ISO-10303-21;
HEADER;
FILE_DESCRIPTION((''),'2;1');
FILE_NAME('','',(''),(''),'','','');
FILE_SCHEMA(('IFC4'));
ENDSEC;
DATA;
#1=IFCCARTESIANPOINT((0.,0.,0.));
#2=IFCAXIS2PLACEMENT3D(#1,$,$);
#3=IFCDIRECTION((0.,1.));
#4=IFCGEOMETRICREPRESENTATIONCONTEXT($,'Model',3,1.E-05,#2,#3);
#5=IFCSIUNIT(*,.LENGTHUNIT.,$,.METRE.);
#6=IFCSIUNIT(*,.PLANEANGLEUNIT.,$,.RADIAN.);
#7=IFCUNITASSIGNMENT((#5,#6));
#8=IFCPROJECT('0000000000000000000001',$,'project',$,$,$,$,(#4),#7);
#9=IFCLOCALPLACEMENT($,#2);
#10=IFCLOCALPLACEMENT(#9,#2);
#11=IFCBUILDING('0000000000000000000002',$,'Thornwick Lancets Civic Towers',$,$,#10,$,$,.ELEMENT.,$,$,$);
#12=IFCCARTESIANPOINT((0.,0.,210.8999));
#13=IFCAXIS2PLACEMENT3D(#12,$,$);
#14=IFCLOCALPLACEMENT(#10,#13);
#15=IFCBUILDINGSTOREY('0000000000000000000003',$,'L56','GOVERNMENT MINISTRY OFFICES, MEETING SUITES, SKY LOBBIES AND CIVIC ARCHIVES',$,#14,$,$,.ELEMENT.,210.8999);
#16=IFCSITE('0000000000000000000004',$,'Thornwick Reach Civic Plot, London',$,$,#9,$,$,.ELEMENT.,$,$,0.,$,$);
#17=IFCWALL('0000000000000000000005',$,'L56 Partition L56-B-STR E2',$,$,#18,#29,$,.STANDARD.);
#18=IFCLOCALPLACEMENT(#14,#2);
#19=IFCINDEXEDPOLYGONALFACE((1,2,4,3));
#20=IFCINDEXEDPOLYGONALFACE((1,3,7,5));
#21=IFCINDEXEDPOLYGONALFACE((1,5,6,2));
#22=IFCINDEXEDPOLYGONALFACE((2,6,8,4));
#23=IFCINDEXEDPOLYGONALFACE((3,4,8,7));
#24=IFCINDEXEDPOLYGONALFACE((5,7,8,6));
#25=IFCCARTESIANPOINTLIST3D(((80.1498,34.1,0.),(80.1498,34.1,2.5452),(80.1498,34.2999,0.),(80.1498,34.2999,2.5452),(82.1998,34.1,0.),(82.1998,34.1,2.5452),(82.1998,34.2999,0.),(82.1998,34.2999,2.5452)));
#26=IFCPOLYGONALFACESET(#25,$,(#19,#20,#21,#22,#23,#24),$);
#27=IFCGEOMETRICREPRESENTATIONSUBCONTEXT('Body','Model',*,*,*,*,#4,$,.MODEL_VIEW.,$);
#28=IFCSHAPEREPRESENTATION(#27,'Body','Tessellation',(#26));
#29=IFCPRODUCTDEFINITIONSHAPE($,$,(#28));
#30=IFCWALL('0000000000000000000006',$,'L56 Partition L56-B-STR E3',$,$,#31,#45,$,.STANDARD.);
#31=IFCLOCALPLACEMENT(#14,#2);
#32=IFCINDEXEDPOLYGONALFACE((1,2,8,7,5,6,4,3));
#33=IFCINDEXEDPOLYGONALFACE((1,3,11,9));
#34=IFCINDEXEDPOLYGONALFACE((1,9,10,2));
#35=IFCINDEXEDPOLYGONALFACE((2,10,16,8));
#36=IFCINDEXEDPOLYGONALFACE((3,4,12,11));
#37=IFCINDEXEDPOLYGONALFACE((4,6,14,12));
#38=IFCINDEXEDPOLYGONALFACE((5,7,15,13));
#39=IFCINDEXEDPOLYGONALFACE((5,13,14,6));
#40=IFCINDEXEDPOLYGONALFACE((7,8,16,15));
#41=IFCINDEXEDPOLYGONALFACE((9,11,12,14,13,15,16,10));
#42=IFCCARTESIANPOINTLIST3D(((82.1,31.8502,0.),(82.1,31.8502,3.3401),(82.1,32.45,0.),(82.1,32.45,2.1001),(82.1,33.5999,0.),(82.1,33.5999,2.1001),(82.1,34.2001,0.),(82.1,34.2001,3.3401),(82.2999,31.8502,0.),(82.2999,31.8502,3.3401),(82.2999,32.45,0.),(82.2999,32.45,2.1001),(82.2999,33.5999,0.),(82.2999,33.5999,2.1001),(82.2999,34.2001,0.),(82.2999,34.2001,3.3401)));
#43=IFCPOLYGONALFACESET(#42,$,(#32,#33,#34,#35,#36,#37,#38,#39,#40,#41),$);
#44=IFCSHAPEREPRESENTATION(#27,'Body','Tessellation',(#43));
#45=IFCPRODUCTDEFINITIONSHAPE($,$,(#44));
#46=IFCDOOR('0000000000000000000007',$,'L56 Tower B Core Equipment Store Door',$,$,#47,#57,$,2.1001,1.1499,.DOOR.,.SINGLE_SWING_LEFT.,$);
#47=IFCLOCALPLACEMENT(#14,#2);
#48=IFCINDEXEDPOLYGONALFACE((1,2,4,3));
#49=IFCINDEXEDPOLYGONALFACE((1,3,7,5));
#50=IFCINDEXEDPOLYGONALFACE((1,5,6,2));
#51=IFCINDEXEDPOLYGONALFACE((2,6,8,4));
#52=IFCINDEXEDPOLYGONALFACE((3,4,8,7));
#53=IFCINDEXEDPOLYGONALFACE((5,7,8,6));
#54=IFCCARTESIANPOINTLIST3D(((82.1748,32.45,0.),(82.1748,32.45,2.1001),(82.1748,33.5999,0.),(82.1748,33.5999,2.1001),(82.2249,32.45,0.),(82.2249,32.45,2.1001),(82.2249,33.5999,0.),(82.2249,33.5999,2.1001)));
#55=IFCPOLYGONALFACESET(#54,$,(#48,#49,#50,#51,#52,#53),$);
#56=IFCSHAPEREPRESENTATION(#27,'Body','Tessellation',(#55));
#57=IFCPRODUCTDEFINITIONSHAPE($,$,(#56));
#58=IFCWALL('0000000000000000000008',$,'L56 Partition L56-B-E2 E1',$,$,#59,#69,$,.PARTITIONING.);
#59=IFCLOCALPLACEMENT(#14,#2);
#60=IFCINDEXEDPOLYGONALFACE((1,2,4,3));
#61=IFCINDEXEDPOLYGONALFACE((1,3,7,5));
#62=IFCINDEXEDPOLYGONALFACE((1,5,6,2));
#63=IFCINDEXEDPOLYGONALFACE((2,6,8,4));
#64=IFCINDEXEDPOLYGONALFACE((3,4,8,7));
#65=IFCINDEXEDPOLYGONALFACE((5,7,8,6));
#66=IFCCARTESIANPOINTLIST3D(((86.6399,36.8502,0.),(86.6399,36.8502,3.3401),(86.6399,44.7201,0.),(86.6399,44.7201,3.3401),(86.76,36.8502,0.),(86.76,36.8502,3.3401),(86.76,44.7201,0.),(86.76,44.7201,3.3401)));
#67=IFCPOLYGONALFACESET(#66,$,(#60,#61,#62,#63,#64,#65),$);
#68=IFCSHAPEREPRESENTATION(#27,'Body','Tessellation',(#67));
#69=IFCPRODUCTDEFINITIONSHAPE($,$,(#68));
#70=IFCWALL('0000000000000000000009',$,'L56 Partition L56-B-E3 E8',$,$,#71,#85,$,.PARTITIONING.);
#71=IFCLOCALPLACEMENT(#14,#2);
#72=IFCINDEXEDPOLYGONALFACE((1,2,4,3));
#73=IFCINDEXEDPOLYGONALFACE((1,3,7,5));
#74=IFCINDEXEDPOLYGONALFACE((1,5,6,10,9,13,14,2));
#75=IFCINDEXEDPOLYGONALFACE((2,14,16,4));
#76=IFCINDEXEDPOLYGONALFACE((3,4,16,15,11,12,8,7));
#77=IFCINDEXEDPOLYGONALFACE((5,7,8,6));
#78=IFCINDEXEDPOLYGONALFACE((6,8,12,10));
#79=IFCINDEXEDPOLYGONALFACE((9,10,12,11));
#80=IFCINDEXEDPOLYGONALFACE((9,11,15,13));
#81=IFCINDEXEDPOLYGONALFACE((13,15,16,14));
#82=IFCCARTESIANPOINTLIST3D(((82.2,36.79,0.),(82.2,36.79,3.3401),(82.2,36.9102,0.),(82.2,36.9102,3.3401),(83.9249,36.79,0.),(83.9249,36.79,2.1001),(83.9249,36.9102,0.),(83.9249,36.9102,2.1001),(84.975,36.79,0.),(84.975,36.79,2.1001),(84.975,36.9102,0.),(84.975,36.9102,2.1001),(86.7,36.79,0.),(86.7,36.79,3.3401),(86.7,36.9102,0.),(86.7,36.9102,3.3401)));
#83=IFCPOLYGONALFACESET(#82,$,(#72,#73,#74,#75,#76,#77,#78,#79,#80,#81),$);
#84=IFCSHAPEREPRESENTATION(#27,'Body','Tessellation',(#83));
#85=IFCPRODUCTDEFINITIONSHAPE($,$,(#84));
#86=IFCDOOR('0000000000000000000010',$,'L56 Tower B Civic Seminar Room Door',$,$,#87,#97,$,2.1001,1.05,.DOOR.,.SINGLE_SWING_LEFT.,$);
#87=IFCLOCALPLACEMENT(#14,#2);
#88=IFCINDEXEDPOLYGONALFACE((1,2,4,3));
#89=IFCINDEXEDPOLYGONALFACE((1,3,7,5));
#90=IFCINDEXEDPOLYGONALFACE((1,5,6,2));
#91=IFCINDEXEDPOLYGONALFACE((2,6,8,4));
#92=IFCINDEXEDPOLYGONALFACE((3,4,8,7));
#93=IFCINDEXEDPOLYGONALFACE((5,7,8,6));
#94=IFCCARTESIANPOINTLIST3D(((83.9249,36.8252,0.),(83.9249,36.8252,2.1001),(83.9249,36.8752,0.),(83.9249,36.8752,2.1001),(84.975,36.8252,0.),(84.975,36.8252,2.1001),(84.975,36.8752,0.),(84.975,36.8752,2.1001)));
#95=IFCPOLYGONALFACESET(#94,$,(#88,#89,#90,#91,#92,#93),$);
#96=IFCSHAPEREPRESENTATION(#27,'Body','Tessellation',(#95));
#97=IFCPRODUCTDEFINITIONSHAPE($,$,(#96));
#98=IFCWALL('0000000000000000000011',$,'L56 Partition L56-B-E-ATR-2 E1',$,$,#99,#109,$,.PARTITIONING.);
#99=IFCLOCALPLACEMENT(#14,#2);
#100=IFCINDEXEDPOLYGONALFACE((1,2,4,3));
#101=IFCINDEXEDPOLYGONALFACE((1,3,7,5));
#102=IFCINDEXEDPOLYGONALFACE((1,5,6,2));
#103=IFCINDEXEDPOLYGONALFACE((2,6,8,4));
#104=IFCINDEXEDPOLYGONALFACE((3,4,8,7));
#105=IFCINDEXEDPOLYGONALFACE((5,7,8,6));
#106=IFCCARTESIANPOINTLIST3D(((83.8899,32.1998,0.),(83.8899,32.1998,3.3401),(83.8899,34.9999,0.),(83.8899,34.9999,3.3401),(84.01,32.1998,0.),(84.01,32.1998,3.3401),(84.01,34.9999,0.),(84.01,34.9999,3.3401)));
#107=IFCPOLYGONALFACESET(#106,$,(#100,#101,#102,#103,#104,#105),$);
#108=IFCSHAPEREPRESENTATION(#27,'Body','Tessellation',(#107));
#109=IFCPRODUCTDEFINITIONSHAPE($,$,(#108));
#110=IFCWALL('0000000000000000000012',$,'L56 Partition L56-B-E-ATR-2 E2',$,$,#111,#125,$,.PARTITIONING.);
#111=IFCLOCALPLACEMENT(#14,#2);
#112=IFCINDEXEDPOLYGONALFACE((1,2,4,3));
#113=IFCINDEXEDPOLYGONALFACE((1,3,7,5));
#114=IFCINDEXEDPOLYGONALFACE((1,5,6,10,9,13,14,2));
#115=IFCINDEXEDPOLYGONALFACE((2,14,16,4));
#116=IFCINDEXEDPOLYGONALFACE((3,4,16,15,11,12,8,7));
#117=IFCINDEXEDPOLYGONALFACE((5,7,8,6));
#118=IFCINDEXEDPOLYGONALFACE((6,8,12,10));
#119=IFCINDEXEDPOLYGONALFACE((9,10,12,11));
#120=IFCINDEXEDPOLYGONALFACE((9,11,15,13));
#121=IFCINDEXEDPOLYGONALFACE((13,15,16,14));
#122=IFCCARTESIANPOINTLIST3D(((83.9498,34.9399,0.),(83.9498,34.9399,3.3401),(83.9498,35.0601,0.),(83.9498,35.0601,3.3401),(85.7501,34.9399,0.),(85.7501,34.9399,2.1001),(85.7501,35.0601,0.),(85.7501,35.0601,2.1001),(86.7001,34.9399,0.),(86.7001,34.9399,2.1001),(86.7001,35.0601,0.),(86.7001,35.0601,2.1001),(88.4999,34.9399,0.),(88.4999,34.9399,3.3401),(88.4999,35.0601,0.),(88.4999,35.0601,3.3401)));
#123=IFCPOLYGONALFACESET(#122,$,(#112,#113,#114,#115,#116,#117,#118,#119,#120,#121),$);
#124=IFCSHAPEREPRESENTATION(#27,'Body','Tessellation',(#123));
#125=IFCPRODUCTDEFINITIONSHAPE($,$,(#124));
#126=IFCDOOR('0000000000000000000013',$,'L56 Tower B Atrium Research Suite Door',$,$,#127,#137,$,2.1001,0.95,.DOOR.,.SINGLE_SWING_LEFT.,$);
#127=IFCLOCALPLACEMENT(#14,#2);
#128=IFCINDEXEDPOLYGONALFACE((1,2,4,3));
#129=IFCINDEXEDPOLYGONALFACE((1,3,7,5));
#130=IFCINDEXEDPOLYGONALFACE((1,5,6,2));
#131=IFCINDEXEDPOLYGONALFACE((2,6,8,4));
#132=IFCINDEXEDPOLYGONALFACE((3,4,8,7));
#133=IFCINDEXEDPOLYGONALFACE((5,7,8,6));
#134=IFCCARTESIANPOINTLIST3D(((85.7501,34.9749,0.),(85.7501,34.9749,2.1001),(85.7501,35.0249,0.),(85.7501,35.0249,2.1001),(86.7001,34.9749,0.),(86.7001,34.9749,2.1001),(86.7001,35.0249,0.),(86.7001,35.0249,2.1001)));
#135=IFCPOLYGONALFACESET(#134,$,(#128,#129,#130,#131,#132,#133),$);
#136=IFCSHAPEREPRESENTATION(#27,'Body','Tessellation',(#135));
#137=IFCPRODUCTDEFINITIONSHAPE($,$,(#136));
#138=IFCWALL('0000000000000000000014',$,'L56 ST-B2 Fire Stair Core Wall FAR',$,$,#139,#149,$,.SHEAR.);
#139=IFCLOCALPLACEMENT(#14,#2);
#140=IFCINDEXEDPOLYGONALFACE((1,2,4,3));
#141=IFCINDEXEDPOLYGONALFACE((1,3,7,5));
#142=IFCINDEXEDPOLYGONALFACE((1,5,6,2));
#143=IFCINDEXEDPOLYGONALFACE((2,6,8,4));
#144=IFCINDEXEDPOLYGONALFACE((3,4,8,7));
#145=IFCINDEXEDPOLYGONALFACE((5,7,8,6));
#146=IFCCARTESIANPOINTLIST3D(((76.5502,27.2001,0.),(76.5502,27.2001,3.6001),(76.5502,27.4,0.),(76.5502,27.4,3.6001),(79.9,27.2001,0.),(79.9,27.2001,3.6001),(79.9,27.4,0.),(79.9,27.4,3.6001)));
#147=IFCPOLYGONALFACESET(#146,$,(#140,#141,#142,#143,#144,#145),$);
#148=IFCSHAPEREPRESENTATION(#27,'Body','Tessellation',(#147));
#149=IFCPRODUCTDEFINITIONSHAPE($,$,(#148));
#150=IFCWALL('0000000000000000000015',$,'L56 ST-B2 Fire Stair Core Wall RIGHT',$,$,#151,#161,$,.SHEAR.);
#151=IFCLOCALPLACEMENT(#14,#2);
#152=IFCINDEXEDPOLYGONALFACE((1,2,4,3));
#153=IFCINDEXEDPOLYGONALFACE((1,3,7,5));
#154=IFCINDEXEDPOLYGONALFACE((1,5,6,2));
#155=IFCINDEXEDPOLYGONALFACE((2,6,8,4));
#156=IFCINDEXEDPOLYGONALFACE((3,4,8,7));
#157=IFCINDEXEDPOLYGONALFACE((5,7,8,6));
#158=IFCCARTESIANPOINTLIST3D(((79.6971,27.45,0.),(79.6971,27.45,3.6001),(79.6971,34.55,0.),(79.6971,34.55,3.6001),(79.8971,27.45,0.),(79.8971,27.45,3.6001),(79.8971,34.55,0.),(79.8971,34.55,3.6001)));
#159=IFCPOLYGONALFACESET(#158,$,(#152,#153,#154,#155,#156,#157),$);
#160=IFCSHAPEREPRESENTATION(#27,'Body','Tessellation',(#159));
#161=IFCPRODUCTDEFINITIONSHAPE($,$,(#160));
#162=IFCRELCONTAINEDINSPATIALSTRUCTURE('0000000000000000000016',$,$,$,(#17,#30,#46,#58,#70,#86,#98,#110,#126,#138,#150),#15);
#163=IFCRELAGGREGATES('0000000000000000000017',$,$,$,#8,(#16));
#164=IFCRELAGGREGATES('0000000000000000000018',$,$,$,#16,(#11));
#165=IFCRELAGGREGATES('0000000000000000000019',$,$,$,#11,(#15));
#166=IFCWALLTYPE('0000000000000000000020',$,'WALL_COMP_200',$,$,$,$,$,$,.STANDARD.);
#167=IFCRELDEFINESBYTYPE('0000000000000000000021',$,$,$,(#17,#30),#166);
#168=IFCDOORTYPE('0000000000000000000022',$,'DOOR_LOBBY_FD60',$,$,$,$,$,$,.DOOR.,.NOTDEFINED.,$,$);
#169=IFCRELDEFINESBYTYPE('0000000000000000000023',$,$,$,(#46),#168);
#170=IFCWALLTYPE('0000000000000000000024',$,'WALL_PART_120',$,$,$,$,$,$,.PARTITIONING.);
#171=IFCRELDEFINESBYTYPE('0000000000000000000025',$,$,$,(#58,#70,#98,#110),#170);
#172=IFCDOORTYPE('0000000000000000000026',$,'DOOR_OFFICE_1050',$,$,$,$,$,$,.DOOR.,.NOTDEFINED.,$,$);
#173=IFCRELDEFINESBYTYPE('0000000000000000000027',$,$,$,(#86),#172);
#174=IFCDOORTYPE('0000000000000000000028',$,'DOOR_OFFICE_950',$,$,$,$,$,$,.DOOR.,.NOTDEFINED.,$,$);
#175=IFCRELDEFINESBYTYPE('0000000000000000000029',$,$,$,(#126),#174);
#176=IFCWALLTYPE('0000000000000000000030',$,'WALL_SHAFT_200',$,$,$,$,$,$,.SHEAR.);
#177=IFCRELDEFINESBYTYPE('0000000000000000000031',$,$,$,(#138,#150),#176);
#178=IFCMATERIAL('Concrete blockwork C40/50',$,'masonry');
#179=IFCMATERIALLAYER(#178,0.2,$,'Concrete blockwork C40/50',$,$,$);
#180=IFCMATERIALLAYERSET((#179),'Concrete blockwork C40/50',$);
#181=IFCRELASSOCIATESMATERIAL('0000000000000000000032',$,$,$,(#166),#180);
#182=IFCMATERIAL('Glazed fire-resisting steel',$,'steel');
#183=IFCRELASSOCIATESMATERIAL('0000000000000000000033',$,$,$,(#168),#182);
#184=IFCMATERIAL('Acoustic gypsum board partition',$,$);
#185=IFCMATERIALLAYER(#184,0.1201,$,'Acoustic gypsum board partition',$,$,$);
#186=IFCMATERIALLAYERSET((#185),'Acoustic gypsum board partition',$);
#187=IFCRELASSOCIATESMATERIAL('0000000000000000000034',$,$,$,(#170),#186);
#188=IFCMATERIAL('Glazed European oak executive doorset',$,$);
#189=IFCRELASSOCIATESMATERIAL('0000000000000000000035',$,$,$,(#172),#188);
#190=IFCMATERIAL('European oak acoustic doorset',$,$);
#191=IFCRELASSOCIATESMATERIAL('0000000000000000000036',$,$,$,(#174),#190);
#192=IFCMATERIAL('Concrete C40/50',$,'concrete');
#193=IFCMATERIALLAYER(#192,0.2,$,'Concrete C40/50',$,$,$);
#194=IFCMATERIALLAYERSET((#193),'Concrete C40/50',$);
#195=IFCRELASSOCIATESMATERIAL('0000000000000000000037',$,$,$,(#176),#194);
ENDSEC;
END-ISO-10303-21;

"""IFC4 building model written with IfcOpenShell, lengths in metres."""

from ifc_helpers import new_model, si_unit, direction, frame, frame_2d, origin, place, context, subcontext, project, spatial, rectangle, extrude, material, layer, layer_set, type_object, element, fill, save


model = new_model("IFC4")

# Units and contexts
model_context = context("Model", 3, precision=1e-05, world=origin(), true_north=direction((0.0, 1.0)))
body_context = subcontext(model_context, "Body", "Model", "MODEL_VIEW")
ifc_project = project(units=[si_unit("LENGTHUNIT", "METRE"), si_unit("PLANEANGLEUNIT", "RADIAN")], contexts=[model_context])

# Site, building, storey
site_placement = place(None, origin())
site = spatial("IfcSite", under=ifc_project, at=site_placement, Name="Thornwick Reach Civic Plot, London", CompositionType="ELEMENT", RefElevation=0.0)
building_placement = place(site_placement, origin())
building = spatial("IfcBuilding", under=site, at=building_placement, Name="Thornwick Lancets Civic Towers", CompositionType="ELEMENT")
storey_placement = place(building_placement, frame((0.0, 0.0, 210.8999)))
storey = spatial("IfcBuildingStorey", under=building, at=storey_placement, Name="L56", Description="GOVERNMENT MINISTRY OFFICES, MEETING SUITES, SKY LOBBIES AND CIVIC ARCHIVES", CompositionType="ELEMENT", Elevation=210.8999)

# Shared definitions
ifc_material_1 = material(Name="Concrete blockwork C40/50", Category="masonry")
ifc_layer_1 = layer(ifc_material_1, 0.2, Name="Concrete blockwork C40/50")
ifc_layer_set_1 = layer_set([ifc_layer_1], Name="Concrete blockwork C40/50")
wall_type_1 = type_object("IfcWallType", Name="WALL_COMP_200", PredefinedType="STANDARD", material=ifc_layer_set_1)

# Shared definitions
ifc_material_2 = material(Name="Glazed fire-resisting steel", Category="steel")
door_type_1 = type_object("IfcDoorType", Name="DOOR_LOBBY_FD60", OperationType="NOTDEFINED", PredefinedType="DOOR", material=ifc_material_2)

# Wall
wall_1_placement = place(storey_placement, frame((80.1499, 34.2, 0.0), z_axis=(0.0, 0.0, 1.0), x_axis=(1.0, 0.0, 0.0)))
element("IfcWall", 1, at=wall_1_placement, inside=storey, type_object=wall_type_1, Name="L56 Partition L56-B-STR E2", PredefinedType="STANDARD", context=body_context, shape_type="SweptSolid", body=[
    extrude(rectangle(XDim=2.05, YDim=0.2, at=frame_2d((1.0249, 0.0))), origin(), (0.0, 0.0, 1.0), 2.5452),
])

# Wall, opening, door
wall_2_placement = place(storey_placement, frame((82.2, 34.2, 0.0), z_axis=(0.0, 0.0, 1.0), x_axis=(0.0, -1.0, 0.0)))
wall_2 = element("IfcWall", 2, at=wall_2_placement, inside=storey, type_object=wall_type_1, Name="L56 Partition L56-B-STR E3", PredefinedType="STANDARD", context=body_context, shape_type="SweptSolid", body=[
    extrude(rectangle(XDim=2.3499, YDim=0.2, at=frame_2d((1.1748, 0.0))), origin(), (0.0, 0.0, 1.0), 3.3401),
])
opening_1_placement = place(wall_2_placement, frame((0.6001, 0.0, 0.0)))
opening_1 = element("IfcOpeningElement", 3, at=opening_1_placement, cuts=wall_2, PredefinedType="OPENING", context=body_context, shape_type="SweptSolid", body=[
    extrude(rectangle(XDim=1.1499, YDim=2.1001, at=frame_2d((0.575, 1.05))), frame((0.0, 0.1099, 0.0), z_axis=(0.0, -1.0, 0.0), x_axis=(1.0, 0.0, 0.0)), (0.0, 0.0, 1.0), 0.22),
])
door_1_placement = place(opening_1_placement, origin())
door_1 = element("IfcDoor", 4, at=door_1_placement, inside=storey, type_object=door_type_1, Name="L56 Tower B Core Equipment Store Door", OperationType="SINGLE_SWING_LEFT", OverallHeight=2.1001, OverallWidth=1.1499, PredefinedType="DOOR", context=body_context, shape_type="SweptSolid", body=[
    extrude(rectangle(XDim=1.1499, YDim=2.1001, at=frame_2d((0.575, 1.05))), frame((0.0, 0.0249, 0.0), z_axis=(0.0, -1.0, 0.0), x_axis=(1.0, 0.0, 0.0)), (0.0, 0.0, 1.0), 0.05),
])
fill(opening_1, door_1)

# Wall
ifc_material_3 = material(Name="Acoustic gypsum board partition")
ifc_layer_2 = layer(ifc_material_3, 0.1201, Name="Acoustic gypsum board partition")
ifc_layer_set_2 = layer_set([ifc_layer_2], Name="Acoustic gypsum board partition")
wall_type_2 = type_object("IfcWallType", Name="WALL_PART_120", PredefinedType="PARTITIONING", material=ifc_layer_set_2)
wall_3_placement = place(storey_placement, frame((86.7, 36.8501, 0.0), z_axis=(0.0, 0.0, 1.0), x_axis=(0.0, 1.0, 0.0)))
element("IfcWall", 5, at=wall_3_placement, inside=storey, type_object=wall_type_2, Name="L56 Partition L56-B-E2 E1", PredefinedType="PARTITIONING", context=body_context, shape_type="SweptSolid", body=[
    extrude(rectangle(XDim=7.8699, YDim=0.1201, at=frame_2d((3.9351, 0.0))), origin(), (0.0, 0.0, 1.0), 3.3401),
])

# Wall, opening, door
wall_4_placement = place(storey_placement, frame((86.7, 36.8501, 0.0), z_axis=(0.0, 0.0, 1.0), x_axis=(-1.0, 0.0, 0.0)))
wall_4 = element("IfcWall", 6, at=wall_4_placement, inside=storey, type_object=wall_type_2, Name="L56 Partition L56-B-E3 E8", PredefinedType="PARTITIONING", context=body_context, shape_type="SweptSolid", body=[
    extrude(rectangle(XDim=4.5, YDim=0.1201, at=frame_2d((2.25, 0.0))), origin(), (0.0, 0.0, 1.0), 3.3401),
])
opening_2_placement = place(wall_4_placement, frame((1.7251, 0.0, 0.0)))
opening_2 = element("IfcOpeningElement", 7, at=opening_2_placement, cuts=wall_4, PredefinedType="OPENING", context=body_context, shape_type="SweptSolid", body=[
    extrude(rectangle(XDim=1.05, YDim=2.1001, at=frame_2d((0.5249, 1.05))), frame((0.0, 0.0701, 0.0), z_axis=(0.0, -1.0, 0.0), x_axis=(1.0, 0.0, 0.0)), (0.0, 0.0, 1.0), 0.1401),
])
ifc_material_4 = material(Name="Glazed European oak executive doorset")
door_type_2 = type_object("IfcDoorType", Name="DOOR_OFFICE_1050", OperationType="NOTDEFINED", PredefinedType="DOOR", material=ifc_material_4)
door_2_placement = place(opening_2_placement, origin())
door_2 = element("IfcDoor", 8, at=door_2_placement, inside=storey, type_object=door_type_2, Name="L56 Tower B Civic Seminar Room Door", OperationType="SINGLE_SWING_LEFT", OverallHeight=2.1001, OverallWidth=1.05, PredefinedType="DOOR", context=body_context, shape_type="SweptSolid", body=[
    extrude(rectangle(XDim=1.05, YDim=2.1001, at=frame_2d((0.5249, 1.05))), frame((0.0, 0.0249, 0.0), z_axis=(0.0, -1.0, 0.0), x_axis=(1.0, 0.0, 0.0)), (0.0, 0.0, 1.0), 0.05),
])
fill(opening_2, door_2)

# Wall
wall_5_placement = place(storey_placement, frame((83.95, 32.2, 0.0), z_axis=(0.0, 0.0, 1.0), x_axis=(0.0, 1.0, 0.0)))
element("IfcWall", 9, at=wall_5_placement, inside=storey, type_object=wall_type_2, Name="L56 Partition L56-B-E-ATR-2 E1", PredefinedType="PARTITIONING", context=body_context, shape_type="SweptSolid", body=[
    extrude(rectangle(XDim=2.8, YDim=0.1201, at=frame_2d((1.3999, 0.0))), origin(), (0.0, 0.0, 1.0), 3.3401),
])

# Wall, opening, door
wall_6_placement = place(storey_placement, frame((83.95, 35.0, 0.0), z_axis=(0.0, 0.0, 1.0), x_axis=(1.0, 0.0, 0.0)))
wall_6 = element("IfcWall", 10, at=wall_6_placement, inside=storey, type_object=wall_type_2, Name="L56 Partition L56-B-E-ATR-2 E2", PredefinedType="PARTITIONING", context=body_context, shape_type="SweptSolid", body=[
    extrude(rectangle(XDim=4.55, YDim=0.1201, at=frame_2d((2.2749, 0.0))), origin(), (0.0, 0.0, 1.0), 3.3401),
])
opening_3_placement = place(wall_6_placement, frame((1.8, 0.0, 0.0)))
opening_3 = element("IfcOpeningElement", 11, at=opening_3_placement, cuts=wall_6, PredefinedType="OPENING", context=body_context, shape_type="SweptSolid", body=[
    extrude(rectangle(XDim=0.95, YDim=2.1001, at=frame_2d((0.4751, 1.05))), frame((0.0, 0.0701, 0.0), z_axis=(0.0, -1.0, 0.0), x_axis=(1.0, 0.0, 0.0)), (0.0, 0.0, 1.0), 0.1401),
])
ifc_material_5 = material(Name="European oak acoustic doorset")
door_type_3 = type_object("IfcDoorType", Name="DOOR_OFFICE_950", OperationType="NOTDEFINED", PredefinedType="DOOR", material=ifc_material_5)
door_3_placement = place(opening_3_placement, origin())
door_3 = element("IfcDoor", 12, at=door_3_placement, inside=storey, type_object=door_type_3, Name="L56 Tower B Atrium Research Suite Door", OperationType="SINGLE_SWING_LEFT", OverallHeight=2.1001, OverallWidth=0.95, PredefinedType="DOOR", context=body_context, shape_type="SweptSolid", body=[
    extrude(rectangle(XDim=0.95, YDim=2.1001, at=frame_2d((0.4751, 1.05))), frame((0.0, 0.0249, 0.0), z_axis=(0.0, -1.0, 0.0), x_axis=(1.0, 0.0, 0.0)), (0.0, 0.0, 1.0), 0.05),
])
fill(opening_3, door_3)

# Walls
ifc_material_6 = material(Name="Concrete C40/50", Category="concrete")
ifc_layer_3 = layer(ifc_material_6, 0.2, Name="Concrete C40/50")
ifc_layer_set_3 = layer_set([ifc_layer_3], Name="Concrete C40/50")
wall_type_3 = type_object("IfcWallType", Name="WALL_SHAFT_200", PredefinedType="SHEAR", material=ifc_layer_set_3)
wall_7_placement = place(storey_placement, frame((79.8999, 27.3, 0.0), z_axis=(0.0, 0.0, 1.0), x_axis=(-1.0, 0.0, 0.0)))
element("IfcWall", 13, at=wall_7_placement, inside=storey, type_object=wall_type_3, Name="L56 ST-B2 Fire Stair Core Wall FAR", PredefinedType="SHEAR", context=body_context, shape_type="SweptSolid", body=[
    extrude(rectangle(XDim=3.3499, YDim=0.2, at=frame_2d((1.6748, 0.0))), origin(), (0.0, 0.0, 1.0), 3.6001),
])
wall_8_placement = place(storey_placement, frame((79.7971, 27.45, 0.0), z_axis=(0.0, 0.0, 1.0), x_axis=(0.0, 1.0, 0.0)))
element("IfcWall", 14, at=wall_8_placement, inside=storey, type_object=wall_type_3, Name="L56 ST-B2 Fire Stair Core Wall RIGHT", PredefinedType="SHEAR", context=body_context, shape_type="SweptSolid", body=[
    extrude(rectangle(XDim=7.1001, YDim=0.2, at=frame_2d((3.55, 0.0))), origin(), (0.0, 0.0, 1.0), 3.6001),
])

save(model, "model.ifc")
